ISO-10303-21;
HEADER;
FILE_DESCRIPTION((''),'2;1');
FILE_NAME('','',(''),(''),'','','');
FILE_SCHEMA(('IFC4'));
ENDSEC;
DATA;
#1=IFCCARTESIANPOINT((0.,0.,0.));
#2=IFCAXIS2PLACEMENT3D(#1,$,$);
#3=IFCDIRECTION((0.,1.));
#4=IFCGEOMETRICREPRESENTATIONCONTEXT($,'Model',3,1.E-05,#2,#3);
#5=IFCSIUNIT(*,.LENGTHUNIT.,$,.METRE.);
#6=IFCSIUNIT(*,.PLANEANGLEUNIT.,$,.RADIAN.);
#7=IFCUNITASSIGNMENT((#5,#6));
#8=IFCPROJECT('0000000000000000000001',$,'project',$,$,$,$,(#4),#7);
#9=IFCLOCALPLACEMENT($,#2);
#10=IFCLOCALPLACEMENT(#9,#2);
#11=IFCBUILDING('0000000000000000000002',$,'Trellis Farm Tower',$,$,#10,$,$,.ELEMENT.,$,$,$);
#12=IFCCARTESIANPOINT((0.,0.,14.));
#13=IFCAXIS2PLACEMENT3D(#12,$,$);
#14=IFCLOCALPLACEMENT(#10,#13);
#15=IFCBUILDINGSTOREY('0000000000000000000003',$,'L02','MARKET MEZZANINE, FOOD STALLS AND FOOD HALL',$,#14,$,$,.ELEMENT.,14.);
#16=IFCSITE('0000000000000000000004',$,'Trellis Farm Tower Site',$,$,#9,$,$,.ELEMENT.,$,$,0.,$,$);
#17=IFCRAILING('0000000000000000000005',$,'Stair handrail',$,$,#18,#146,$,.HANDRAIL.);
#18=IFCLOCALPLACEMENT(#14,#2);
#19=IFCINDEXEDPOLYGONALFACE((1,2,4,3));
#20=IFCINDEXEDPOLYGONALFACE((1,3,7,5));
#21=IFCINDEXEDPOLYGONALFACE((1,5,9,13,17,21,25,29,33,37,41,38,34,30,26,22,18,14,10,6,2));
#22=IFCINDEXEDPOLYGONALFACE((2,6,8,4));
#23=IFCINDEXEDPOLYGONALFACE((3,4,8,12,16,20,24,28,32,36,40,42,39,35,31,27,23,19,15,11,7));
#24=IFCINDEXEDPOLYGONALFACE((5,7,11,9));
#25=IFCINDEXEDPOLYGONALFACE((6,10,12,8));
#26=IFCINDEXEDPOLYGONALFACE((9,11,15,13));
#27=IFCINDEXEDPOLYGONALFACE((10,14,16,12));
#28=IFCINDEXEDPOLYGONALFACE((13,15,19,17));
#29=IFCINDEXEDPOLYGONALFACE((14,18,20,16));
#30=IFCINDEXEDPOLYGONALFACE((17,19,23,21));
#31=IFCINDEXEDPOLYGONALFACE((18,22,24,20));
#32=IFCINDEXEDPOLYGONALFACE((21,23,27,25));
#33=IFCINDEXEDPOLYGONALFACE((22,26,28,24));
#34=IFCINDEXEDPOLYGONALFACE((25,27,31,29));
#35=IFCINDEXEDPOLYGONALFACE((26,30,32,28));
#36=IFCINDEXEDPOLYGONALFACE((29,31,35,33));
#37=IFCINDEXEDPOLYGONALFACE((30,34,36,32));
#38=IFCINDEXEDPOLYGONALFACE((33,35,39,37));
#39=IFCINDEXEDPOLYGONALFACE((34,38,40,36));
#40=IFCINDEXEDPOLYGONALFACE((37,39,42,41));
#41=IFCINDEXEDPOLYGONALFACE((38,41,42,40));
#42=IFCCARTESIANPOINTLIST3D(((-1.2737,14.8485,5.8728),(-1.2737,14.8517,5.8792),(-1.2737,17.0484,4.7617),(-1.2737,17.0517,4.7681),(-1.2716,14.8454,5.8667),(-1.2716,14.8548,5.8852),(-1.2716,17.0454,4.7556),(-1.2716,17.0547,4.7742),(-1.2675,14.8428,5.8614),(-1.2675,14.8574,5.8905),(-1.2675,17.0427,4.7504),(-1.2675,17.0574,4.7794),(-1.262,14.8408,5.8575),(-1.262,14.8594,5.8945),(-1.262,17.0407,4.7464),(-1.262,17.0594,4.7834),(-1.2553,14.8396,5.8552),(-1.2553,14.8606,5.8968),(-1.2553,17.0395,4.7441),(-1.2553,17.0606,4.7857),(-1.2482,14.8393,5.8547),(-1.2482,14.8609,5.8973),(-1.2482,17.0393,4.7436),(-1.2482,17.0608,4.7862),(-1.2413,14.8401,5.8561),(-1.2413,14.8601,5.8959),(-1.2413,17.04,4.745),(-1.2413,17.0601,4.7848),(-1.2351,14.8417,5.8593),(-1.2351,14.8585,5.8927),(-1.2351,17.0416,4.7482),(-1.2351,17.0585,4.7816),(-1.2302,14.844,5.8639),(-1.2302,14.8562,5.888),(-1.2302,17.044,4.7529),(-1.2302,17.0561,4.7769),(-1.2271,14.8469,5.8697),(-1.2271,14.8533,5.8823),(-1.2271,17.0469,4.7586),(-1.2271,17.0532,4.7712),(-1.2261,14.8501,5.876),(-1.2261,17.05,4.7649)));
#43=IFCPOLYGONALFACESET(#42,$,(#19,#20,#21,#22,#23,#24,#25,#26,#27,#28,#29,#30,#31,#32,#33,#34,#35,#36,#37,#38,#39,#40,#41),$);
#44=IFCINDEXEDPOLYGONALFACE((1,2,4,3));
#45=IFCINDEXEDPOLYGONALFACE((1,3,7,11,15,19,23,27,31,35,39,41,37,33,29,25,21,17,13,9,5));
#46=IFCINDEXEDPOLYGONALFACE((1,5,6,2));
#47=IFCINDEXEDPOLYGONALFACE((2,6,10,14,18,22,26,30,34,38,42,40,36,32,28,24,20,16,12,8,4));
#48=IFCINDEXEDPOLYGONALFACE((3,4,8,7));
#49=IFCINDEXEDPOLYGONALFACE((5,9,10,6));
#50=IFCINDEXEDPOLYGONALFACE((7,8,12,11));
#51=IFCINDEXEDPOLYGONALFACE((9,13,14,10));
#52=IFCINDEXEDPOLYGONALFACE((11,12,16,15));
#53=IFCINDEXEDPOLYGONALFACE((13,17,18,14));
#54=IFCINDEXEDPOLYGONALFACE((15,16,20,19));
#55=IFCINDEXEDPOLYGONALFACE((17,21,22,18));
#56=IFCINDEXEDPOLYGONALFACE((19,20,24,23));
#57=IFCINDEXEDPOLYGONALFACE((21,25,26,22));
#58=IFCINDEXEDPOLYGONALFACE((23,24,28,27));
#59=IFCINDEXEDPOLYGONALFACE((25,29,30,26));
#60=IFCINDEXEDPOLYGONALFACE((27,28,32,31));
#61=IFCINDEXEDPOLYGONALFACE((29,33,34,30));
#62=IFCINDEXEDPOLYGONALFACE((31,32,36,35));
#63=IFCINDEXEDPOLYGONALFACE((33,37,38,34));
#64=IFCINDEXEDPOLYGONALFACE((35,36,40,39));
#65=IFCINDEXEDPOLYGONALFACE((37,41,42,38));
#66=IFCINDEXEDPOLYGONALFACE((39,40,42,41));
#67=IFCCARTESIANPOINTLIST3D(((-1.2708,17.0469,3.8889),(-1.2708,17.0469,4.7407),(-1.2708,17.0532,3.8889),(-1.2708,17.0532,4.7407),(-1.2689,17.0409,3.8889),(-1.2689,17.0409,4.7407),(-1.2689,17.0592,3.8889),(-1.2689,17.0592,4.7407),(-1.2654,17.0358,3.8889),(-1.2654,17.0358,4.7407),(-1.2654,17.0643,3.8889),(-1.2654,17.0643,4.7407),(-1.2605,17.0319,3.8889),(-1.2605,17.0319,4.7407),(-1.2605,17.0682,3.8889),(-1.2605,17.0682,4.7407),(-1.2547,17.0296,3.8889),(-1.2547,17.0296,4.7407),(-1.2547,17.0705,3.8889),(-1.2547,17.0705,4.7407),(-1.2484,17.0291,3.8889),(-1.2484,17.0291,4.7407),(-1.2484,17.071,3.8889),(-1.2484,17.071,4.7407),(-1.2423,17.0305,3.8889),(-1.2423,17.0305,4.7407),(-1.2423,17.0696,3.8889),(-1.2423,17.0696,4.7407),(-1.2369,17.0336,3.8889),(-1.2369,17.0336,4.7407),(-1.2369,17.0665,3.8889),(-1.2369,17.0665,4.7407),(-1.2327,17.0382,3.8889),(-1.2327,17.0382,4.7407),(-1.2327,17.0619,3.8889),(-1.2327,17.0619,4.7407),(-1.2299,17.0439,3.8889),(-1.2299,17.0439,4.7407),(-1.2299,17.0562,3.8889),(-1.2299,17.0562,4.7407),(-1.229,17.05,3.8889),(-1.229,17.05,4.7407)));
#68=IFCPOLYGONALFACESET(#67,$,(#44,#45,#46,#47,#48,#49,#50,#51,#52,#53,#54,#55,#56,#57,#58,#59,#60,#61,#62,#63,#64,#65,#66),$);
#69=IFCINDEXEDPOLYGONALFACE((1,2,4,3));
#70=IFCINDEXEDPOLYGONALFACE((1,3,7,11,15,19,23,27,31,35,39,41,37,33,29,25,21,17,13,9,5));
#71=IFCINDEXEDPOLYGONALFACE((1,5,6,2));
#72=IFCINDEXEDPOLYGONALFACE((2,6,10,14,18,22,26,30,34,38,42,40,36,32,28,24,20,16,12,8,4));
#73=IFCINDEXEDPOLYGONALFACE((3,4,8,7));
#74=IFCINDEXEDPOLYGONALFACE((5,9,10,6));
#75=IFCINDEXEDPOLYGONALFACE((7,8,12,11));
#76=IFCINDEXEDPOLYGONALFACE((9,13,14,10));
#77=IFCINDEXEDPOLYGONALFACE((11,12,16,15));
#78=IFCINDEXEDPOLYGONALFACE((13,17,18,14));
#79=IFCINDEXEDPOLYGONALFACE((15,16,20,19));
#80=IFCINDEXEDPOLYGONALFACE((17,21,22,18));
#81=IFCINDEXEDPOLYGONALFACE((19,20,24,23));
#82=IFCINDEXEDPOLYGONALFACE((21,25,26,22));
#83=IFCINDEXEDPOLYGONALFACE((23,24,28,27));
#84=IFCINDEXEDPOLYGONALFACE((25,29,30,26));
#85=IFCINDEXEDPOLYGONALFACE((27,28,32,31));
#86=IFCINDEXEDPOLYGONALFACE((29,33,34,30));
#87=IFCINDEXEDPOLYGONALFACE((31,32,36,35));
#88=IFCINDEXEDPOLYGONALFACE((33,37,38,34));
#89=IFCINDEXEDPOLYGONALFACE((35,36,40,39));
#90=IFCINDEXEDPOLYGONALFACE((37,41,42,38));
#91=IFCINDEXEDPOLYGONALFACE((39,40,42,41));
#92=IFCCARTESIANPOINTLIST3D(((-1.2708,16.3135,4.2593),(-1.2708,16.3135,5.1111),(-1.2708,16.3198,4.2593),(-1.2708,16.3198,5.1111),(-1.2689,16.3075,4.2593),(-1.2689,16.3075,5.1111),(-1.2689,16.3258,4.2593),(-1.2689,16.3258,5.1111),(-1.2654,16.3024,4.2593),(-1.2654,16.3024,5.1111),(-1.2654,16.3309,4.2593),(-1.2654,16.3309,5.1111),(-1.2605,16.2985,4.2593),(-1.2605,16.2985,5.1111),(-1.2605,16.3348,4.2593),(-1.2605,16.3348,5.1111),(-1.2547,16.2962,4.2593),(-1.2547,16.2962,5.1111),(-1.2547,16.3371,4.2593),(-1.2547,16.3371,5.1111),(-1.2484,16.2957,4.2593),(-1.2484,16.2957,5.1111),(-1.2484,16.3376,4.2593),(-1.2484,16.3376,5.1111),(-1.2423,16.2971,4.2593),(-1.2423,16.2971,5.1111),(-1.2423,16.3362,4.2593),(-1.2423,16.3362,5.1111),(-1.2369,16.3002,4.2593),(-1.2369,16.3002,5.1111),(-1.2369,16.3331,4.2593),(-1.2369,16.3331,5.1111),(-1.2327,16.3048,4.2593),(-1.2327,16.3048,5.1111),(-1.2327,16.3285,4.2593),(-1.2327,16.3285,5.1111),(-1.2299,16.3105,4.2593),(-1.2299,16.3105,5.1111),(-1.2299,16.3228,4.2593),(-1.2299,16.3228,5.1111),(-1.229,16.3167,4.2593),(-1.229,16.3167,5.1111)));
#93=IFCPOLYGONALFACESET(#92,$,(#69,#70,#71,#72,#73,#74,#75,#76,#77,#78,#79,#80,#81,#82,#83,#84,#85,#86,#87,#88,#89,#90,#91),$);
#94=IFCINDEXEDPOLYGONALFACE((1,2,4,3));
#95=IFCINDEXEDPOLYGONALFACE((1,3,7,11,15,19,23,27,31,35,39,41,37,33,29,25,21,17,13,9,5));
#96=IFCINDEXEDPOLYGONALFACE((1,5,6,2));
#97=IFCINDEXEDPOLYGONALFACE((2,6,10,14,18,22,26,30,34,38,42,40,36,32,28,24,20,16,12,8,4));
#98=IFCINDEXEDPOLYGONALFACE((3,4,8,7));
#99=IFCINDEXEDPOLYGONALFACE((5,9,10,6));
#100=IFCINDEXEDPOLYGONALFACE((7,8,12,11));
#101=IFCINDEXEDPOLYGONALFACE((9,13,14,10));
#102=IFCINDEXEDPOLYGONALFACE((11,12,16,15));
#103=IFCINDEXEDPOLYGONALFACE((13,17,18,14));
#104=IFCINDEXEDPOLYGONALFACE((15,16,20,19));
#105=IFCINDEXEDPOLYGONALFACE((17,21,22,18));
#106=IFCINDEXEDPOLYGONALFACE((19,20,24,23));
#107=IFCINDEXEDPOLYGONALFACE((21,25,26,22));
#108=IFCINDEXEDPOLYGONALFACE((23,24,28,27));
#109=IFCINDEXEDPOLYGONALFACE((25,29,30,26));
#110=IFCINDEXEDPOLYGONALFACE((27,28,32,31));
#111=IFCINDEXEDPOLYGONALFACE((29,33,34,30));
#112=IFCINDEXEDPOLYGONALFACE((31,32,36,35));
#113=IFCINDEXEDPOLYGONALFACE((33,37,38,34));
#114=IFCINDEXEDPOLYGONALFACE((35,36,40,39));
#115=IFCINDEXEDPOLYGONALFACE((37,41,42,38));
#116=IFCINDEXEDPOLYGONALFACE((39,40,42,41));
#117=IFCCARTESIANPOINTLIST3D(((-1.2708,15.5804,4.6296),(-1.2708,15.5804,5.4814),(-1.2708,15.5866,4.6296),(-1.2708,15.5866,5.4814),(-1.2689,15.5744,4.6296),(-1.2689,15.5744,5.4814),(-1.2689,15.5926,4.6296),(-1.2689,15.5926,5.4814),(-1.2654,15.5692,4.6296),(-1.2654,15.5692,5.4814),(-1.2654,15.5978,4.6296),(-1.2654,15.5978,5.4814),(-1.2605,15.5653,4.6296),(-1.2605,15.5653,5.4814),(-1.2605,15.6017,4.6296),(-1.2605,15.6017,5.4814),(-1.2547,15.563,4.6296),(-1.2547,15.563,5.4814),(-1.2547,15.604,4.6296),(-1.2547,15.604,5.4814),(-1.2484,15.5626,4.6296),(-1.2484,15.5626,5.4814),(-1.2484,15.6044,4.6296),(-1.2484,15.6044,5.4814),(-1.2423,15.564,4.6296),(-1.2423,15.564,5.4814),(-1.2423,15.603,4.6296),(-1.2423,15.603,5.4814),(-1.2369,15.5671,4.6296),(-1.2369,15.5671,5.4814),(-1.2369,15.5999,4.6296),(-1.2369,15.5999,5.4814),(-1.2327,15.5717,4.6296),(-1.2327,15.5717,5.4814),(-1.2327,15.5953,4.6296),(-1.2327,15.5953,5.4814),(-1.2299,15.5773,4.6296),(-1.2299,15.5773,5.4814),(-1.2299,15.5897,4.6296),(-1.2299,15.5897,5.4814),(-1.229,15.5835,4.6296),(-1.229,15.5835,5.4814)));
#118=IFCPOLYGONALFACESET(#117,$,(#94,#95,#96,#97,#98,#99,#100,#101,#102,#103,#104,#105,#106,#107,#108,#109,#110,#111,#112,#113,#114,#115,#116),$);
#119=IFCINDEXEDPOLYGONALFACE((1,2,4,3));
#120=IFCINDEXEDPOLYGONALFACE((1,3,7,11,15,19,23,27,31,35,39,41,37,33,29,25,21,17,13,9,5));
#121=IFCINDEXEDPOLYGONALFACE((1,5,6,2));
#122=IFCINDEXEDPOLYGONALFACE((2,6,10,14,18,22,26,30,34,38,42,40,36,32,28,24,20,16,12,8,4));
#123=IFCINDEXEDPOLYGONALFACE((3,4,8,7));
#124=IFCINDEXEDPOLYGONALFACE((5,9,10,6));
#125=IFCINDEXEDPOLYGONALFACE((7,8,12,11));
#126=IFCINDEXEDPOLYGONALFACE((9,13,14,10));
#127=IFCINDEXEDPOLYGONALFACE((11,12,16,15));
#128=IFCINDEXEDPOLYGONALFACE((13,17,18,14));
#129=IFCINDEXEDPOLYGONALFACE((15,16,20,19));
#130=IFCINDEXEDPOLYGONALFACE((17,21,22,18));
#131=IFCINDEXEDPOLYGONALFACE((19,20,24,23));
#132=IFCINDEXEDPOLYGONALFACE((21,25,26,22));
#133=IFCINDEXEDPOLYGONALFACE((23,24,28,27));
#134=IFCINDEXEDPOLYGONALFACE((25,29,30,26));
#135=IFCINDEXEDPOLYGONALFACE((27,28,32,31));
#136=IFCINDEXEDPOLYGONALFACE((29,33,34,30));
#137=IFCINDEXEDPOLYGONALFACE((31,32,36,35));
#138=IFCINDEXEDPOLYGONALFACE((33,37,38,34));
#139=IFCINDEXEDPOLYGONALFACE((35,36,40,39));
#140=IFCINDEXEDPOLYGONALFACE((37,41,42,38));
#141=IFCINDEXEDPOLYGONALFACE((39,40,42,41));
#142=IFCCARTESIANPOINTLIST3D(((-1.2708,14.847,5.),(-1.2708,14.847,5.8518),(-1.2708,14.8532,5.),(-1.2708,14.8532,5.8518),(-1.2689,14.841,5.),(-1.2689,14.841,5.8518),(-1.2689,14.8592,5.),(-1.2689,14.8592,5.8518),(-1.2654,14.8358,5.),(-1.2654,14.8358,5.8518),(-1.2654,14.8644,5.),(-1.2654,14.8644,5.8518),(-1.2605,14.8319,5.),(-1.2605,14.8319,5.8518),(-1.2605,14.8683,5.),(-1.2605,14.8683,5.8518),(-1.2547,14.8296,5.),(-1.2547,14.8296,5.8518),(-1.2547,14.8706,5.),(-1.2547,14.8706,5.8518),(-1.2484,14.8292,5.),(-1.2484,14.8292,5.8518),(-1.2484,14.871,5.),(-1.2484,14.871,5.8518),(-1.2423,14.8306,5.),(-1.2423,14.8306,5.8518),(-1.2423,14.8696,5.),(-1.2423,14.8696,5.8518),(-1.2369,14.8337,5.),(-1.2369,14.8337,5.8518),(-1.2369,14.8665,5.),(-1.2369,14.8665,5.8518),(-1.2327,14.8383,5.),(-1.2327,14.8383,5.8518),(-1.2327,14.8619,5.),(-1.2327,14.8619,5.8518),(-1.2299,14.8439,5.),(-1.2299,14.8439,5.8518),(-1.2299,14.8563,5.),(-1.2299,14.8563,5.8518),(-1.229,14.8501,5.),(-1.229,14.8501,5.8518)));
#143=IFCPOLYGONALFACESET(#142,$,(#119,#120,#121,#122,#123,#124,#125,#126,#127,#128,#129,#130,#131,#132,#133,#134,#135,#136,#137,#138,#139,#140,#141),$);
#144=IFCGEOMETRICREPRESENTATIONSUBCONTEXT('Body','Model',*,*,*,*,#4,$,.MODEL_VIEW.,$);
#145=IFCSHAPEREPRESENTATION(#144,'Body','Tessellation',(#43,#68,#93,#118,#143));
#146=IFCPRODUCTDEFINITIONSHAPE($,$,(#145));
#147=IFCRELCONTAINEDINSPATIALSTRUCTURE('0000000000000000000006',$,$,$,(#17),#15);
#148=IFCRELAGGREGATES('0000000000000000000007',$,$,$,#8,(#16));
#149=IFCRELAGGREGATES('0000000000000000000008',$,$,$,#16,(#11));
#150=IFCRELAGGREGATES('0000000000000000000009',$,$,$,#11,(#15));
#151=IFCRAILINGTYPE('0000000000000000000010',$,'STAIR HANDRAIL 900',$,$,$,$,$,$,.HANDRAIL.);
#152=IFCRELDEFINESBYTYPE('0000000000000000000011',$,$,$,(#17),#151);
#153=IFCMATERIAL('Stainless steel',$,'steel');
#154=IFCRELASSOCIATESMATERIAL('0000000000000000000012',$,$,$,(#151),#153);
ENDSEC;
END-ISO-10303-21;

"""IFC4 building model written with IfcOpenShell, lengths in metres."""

from ifc_helpers import new_model, si_unit, direction, frame, origin, origin_2d, place, context, subcontext, project, spatial, circle, extrude, source, transform, mapped, material, type_object, element, save


model = new_model("IFC4")

# Units and contexts
model_context = context("Model", 3, precision=1e-05, world=origin(), true_north=direction((0.0, 1.0)))
body_context = subcontext(model_context, "Body", "Model", "MODEL_VIEW")
ifc_project = project(units=[si_unit("LENGTHUNIT", "METRE"), si_unit("PLANEANGLEUNIT", "RADIAN")], contexts=[model_context])

# Site, building, storey
site_placement = place(None, origin())
site = spatial("IfcSite", under=ifc_project, at=site_placement, Name="Trellis Farm Tower Site", CompositionType="ELEMENT", RefElevation=0.0)
building_placement = place(site_placement, origin())
building = spatial("IfcBuilding", under=site, at=building_placement, Name="Trellis Farm Tower", CompositionType="ELEMENT")
storey_placement = place(building_placement, frame((0.0, 0.0, 14.0)))
storey = spatial("IfcBuildingStorey", under=building, at=storey_placement, Name="L02", Description="MARKET MEZZANINE, FOOD STALLS AND FOOD HALL", CompositionType="ELEMENT", Elevation=14.0)

# Railing
ifc_material_1 = material(Name="Stainless steel", Category="steel")
railing_type = type_object("IfcRailingType", Name="STAIR HANDRAIL 900", PredefinedType="HANDRAIL", material=ifc_material_1)
shared_shape_1 = source(origin(), body_context, "Body", "SweptSolid", [
    extrude(circle(Radius=0.0239, at=origin_2d()), frame((0.0, 0.0, 0.876), z_axis=(0.0, -0.892617, 0.450816), x_axis=(1.0, 0.0, 0.0)), (0.0, 0.0, 1.0), 2.4646),
    extrude(circle(Radius=0.021, at=origin_2d()), origin(), (0.0, 0.0, 1.0), 0.8518),
    extrude(circle(Radius=0.021, at=origin_2d()), frame((0.0, -0.7334, 0.3704)), (0.0, 0.0, 1.0), 0.8518),
    extrude(circle(Radius=0.021, at=origin_2d()), frame((0.0, -1.4666, 0.7407)), (0.0, 0.0, 1.0), 0.8518),
    extrude(circle(Radius=0.021, at=origin_2d()), frame((0.0, -2.2, 1.1111)), (0.0, 0.0, 1.0), 0.8518),
])
for number, where, name in (
    (1, (-1.25, 17.05, 3.8889), "Stair handrail"),
):
    element("IfcRailing", number, at=place(storey_placement, frame(where)), inside=storey, type_object=railing_type, Name=name, PredefinedType="HANDRAIL", context=body_context, shape_type="MappedRepresentation", body=[
        mapped(shared_shape_1, transform((0.0, 0.0, 0.0))),
    ])

save(model, "model.ifc")
